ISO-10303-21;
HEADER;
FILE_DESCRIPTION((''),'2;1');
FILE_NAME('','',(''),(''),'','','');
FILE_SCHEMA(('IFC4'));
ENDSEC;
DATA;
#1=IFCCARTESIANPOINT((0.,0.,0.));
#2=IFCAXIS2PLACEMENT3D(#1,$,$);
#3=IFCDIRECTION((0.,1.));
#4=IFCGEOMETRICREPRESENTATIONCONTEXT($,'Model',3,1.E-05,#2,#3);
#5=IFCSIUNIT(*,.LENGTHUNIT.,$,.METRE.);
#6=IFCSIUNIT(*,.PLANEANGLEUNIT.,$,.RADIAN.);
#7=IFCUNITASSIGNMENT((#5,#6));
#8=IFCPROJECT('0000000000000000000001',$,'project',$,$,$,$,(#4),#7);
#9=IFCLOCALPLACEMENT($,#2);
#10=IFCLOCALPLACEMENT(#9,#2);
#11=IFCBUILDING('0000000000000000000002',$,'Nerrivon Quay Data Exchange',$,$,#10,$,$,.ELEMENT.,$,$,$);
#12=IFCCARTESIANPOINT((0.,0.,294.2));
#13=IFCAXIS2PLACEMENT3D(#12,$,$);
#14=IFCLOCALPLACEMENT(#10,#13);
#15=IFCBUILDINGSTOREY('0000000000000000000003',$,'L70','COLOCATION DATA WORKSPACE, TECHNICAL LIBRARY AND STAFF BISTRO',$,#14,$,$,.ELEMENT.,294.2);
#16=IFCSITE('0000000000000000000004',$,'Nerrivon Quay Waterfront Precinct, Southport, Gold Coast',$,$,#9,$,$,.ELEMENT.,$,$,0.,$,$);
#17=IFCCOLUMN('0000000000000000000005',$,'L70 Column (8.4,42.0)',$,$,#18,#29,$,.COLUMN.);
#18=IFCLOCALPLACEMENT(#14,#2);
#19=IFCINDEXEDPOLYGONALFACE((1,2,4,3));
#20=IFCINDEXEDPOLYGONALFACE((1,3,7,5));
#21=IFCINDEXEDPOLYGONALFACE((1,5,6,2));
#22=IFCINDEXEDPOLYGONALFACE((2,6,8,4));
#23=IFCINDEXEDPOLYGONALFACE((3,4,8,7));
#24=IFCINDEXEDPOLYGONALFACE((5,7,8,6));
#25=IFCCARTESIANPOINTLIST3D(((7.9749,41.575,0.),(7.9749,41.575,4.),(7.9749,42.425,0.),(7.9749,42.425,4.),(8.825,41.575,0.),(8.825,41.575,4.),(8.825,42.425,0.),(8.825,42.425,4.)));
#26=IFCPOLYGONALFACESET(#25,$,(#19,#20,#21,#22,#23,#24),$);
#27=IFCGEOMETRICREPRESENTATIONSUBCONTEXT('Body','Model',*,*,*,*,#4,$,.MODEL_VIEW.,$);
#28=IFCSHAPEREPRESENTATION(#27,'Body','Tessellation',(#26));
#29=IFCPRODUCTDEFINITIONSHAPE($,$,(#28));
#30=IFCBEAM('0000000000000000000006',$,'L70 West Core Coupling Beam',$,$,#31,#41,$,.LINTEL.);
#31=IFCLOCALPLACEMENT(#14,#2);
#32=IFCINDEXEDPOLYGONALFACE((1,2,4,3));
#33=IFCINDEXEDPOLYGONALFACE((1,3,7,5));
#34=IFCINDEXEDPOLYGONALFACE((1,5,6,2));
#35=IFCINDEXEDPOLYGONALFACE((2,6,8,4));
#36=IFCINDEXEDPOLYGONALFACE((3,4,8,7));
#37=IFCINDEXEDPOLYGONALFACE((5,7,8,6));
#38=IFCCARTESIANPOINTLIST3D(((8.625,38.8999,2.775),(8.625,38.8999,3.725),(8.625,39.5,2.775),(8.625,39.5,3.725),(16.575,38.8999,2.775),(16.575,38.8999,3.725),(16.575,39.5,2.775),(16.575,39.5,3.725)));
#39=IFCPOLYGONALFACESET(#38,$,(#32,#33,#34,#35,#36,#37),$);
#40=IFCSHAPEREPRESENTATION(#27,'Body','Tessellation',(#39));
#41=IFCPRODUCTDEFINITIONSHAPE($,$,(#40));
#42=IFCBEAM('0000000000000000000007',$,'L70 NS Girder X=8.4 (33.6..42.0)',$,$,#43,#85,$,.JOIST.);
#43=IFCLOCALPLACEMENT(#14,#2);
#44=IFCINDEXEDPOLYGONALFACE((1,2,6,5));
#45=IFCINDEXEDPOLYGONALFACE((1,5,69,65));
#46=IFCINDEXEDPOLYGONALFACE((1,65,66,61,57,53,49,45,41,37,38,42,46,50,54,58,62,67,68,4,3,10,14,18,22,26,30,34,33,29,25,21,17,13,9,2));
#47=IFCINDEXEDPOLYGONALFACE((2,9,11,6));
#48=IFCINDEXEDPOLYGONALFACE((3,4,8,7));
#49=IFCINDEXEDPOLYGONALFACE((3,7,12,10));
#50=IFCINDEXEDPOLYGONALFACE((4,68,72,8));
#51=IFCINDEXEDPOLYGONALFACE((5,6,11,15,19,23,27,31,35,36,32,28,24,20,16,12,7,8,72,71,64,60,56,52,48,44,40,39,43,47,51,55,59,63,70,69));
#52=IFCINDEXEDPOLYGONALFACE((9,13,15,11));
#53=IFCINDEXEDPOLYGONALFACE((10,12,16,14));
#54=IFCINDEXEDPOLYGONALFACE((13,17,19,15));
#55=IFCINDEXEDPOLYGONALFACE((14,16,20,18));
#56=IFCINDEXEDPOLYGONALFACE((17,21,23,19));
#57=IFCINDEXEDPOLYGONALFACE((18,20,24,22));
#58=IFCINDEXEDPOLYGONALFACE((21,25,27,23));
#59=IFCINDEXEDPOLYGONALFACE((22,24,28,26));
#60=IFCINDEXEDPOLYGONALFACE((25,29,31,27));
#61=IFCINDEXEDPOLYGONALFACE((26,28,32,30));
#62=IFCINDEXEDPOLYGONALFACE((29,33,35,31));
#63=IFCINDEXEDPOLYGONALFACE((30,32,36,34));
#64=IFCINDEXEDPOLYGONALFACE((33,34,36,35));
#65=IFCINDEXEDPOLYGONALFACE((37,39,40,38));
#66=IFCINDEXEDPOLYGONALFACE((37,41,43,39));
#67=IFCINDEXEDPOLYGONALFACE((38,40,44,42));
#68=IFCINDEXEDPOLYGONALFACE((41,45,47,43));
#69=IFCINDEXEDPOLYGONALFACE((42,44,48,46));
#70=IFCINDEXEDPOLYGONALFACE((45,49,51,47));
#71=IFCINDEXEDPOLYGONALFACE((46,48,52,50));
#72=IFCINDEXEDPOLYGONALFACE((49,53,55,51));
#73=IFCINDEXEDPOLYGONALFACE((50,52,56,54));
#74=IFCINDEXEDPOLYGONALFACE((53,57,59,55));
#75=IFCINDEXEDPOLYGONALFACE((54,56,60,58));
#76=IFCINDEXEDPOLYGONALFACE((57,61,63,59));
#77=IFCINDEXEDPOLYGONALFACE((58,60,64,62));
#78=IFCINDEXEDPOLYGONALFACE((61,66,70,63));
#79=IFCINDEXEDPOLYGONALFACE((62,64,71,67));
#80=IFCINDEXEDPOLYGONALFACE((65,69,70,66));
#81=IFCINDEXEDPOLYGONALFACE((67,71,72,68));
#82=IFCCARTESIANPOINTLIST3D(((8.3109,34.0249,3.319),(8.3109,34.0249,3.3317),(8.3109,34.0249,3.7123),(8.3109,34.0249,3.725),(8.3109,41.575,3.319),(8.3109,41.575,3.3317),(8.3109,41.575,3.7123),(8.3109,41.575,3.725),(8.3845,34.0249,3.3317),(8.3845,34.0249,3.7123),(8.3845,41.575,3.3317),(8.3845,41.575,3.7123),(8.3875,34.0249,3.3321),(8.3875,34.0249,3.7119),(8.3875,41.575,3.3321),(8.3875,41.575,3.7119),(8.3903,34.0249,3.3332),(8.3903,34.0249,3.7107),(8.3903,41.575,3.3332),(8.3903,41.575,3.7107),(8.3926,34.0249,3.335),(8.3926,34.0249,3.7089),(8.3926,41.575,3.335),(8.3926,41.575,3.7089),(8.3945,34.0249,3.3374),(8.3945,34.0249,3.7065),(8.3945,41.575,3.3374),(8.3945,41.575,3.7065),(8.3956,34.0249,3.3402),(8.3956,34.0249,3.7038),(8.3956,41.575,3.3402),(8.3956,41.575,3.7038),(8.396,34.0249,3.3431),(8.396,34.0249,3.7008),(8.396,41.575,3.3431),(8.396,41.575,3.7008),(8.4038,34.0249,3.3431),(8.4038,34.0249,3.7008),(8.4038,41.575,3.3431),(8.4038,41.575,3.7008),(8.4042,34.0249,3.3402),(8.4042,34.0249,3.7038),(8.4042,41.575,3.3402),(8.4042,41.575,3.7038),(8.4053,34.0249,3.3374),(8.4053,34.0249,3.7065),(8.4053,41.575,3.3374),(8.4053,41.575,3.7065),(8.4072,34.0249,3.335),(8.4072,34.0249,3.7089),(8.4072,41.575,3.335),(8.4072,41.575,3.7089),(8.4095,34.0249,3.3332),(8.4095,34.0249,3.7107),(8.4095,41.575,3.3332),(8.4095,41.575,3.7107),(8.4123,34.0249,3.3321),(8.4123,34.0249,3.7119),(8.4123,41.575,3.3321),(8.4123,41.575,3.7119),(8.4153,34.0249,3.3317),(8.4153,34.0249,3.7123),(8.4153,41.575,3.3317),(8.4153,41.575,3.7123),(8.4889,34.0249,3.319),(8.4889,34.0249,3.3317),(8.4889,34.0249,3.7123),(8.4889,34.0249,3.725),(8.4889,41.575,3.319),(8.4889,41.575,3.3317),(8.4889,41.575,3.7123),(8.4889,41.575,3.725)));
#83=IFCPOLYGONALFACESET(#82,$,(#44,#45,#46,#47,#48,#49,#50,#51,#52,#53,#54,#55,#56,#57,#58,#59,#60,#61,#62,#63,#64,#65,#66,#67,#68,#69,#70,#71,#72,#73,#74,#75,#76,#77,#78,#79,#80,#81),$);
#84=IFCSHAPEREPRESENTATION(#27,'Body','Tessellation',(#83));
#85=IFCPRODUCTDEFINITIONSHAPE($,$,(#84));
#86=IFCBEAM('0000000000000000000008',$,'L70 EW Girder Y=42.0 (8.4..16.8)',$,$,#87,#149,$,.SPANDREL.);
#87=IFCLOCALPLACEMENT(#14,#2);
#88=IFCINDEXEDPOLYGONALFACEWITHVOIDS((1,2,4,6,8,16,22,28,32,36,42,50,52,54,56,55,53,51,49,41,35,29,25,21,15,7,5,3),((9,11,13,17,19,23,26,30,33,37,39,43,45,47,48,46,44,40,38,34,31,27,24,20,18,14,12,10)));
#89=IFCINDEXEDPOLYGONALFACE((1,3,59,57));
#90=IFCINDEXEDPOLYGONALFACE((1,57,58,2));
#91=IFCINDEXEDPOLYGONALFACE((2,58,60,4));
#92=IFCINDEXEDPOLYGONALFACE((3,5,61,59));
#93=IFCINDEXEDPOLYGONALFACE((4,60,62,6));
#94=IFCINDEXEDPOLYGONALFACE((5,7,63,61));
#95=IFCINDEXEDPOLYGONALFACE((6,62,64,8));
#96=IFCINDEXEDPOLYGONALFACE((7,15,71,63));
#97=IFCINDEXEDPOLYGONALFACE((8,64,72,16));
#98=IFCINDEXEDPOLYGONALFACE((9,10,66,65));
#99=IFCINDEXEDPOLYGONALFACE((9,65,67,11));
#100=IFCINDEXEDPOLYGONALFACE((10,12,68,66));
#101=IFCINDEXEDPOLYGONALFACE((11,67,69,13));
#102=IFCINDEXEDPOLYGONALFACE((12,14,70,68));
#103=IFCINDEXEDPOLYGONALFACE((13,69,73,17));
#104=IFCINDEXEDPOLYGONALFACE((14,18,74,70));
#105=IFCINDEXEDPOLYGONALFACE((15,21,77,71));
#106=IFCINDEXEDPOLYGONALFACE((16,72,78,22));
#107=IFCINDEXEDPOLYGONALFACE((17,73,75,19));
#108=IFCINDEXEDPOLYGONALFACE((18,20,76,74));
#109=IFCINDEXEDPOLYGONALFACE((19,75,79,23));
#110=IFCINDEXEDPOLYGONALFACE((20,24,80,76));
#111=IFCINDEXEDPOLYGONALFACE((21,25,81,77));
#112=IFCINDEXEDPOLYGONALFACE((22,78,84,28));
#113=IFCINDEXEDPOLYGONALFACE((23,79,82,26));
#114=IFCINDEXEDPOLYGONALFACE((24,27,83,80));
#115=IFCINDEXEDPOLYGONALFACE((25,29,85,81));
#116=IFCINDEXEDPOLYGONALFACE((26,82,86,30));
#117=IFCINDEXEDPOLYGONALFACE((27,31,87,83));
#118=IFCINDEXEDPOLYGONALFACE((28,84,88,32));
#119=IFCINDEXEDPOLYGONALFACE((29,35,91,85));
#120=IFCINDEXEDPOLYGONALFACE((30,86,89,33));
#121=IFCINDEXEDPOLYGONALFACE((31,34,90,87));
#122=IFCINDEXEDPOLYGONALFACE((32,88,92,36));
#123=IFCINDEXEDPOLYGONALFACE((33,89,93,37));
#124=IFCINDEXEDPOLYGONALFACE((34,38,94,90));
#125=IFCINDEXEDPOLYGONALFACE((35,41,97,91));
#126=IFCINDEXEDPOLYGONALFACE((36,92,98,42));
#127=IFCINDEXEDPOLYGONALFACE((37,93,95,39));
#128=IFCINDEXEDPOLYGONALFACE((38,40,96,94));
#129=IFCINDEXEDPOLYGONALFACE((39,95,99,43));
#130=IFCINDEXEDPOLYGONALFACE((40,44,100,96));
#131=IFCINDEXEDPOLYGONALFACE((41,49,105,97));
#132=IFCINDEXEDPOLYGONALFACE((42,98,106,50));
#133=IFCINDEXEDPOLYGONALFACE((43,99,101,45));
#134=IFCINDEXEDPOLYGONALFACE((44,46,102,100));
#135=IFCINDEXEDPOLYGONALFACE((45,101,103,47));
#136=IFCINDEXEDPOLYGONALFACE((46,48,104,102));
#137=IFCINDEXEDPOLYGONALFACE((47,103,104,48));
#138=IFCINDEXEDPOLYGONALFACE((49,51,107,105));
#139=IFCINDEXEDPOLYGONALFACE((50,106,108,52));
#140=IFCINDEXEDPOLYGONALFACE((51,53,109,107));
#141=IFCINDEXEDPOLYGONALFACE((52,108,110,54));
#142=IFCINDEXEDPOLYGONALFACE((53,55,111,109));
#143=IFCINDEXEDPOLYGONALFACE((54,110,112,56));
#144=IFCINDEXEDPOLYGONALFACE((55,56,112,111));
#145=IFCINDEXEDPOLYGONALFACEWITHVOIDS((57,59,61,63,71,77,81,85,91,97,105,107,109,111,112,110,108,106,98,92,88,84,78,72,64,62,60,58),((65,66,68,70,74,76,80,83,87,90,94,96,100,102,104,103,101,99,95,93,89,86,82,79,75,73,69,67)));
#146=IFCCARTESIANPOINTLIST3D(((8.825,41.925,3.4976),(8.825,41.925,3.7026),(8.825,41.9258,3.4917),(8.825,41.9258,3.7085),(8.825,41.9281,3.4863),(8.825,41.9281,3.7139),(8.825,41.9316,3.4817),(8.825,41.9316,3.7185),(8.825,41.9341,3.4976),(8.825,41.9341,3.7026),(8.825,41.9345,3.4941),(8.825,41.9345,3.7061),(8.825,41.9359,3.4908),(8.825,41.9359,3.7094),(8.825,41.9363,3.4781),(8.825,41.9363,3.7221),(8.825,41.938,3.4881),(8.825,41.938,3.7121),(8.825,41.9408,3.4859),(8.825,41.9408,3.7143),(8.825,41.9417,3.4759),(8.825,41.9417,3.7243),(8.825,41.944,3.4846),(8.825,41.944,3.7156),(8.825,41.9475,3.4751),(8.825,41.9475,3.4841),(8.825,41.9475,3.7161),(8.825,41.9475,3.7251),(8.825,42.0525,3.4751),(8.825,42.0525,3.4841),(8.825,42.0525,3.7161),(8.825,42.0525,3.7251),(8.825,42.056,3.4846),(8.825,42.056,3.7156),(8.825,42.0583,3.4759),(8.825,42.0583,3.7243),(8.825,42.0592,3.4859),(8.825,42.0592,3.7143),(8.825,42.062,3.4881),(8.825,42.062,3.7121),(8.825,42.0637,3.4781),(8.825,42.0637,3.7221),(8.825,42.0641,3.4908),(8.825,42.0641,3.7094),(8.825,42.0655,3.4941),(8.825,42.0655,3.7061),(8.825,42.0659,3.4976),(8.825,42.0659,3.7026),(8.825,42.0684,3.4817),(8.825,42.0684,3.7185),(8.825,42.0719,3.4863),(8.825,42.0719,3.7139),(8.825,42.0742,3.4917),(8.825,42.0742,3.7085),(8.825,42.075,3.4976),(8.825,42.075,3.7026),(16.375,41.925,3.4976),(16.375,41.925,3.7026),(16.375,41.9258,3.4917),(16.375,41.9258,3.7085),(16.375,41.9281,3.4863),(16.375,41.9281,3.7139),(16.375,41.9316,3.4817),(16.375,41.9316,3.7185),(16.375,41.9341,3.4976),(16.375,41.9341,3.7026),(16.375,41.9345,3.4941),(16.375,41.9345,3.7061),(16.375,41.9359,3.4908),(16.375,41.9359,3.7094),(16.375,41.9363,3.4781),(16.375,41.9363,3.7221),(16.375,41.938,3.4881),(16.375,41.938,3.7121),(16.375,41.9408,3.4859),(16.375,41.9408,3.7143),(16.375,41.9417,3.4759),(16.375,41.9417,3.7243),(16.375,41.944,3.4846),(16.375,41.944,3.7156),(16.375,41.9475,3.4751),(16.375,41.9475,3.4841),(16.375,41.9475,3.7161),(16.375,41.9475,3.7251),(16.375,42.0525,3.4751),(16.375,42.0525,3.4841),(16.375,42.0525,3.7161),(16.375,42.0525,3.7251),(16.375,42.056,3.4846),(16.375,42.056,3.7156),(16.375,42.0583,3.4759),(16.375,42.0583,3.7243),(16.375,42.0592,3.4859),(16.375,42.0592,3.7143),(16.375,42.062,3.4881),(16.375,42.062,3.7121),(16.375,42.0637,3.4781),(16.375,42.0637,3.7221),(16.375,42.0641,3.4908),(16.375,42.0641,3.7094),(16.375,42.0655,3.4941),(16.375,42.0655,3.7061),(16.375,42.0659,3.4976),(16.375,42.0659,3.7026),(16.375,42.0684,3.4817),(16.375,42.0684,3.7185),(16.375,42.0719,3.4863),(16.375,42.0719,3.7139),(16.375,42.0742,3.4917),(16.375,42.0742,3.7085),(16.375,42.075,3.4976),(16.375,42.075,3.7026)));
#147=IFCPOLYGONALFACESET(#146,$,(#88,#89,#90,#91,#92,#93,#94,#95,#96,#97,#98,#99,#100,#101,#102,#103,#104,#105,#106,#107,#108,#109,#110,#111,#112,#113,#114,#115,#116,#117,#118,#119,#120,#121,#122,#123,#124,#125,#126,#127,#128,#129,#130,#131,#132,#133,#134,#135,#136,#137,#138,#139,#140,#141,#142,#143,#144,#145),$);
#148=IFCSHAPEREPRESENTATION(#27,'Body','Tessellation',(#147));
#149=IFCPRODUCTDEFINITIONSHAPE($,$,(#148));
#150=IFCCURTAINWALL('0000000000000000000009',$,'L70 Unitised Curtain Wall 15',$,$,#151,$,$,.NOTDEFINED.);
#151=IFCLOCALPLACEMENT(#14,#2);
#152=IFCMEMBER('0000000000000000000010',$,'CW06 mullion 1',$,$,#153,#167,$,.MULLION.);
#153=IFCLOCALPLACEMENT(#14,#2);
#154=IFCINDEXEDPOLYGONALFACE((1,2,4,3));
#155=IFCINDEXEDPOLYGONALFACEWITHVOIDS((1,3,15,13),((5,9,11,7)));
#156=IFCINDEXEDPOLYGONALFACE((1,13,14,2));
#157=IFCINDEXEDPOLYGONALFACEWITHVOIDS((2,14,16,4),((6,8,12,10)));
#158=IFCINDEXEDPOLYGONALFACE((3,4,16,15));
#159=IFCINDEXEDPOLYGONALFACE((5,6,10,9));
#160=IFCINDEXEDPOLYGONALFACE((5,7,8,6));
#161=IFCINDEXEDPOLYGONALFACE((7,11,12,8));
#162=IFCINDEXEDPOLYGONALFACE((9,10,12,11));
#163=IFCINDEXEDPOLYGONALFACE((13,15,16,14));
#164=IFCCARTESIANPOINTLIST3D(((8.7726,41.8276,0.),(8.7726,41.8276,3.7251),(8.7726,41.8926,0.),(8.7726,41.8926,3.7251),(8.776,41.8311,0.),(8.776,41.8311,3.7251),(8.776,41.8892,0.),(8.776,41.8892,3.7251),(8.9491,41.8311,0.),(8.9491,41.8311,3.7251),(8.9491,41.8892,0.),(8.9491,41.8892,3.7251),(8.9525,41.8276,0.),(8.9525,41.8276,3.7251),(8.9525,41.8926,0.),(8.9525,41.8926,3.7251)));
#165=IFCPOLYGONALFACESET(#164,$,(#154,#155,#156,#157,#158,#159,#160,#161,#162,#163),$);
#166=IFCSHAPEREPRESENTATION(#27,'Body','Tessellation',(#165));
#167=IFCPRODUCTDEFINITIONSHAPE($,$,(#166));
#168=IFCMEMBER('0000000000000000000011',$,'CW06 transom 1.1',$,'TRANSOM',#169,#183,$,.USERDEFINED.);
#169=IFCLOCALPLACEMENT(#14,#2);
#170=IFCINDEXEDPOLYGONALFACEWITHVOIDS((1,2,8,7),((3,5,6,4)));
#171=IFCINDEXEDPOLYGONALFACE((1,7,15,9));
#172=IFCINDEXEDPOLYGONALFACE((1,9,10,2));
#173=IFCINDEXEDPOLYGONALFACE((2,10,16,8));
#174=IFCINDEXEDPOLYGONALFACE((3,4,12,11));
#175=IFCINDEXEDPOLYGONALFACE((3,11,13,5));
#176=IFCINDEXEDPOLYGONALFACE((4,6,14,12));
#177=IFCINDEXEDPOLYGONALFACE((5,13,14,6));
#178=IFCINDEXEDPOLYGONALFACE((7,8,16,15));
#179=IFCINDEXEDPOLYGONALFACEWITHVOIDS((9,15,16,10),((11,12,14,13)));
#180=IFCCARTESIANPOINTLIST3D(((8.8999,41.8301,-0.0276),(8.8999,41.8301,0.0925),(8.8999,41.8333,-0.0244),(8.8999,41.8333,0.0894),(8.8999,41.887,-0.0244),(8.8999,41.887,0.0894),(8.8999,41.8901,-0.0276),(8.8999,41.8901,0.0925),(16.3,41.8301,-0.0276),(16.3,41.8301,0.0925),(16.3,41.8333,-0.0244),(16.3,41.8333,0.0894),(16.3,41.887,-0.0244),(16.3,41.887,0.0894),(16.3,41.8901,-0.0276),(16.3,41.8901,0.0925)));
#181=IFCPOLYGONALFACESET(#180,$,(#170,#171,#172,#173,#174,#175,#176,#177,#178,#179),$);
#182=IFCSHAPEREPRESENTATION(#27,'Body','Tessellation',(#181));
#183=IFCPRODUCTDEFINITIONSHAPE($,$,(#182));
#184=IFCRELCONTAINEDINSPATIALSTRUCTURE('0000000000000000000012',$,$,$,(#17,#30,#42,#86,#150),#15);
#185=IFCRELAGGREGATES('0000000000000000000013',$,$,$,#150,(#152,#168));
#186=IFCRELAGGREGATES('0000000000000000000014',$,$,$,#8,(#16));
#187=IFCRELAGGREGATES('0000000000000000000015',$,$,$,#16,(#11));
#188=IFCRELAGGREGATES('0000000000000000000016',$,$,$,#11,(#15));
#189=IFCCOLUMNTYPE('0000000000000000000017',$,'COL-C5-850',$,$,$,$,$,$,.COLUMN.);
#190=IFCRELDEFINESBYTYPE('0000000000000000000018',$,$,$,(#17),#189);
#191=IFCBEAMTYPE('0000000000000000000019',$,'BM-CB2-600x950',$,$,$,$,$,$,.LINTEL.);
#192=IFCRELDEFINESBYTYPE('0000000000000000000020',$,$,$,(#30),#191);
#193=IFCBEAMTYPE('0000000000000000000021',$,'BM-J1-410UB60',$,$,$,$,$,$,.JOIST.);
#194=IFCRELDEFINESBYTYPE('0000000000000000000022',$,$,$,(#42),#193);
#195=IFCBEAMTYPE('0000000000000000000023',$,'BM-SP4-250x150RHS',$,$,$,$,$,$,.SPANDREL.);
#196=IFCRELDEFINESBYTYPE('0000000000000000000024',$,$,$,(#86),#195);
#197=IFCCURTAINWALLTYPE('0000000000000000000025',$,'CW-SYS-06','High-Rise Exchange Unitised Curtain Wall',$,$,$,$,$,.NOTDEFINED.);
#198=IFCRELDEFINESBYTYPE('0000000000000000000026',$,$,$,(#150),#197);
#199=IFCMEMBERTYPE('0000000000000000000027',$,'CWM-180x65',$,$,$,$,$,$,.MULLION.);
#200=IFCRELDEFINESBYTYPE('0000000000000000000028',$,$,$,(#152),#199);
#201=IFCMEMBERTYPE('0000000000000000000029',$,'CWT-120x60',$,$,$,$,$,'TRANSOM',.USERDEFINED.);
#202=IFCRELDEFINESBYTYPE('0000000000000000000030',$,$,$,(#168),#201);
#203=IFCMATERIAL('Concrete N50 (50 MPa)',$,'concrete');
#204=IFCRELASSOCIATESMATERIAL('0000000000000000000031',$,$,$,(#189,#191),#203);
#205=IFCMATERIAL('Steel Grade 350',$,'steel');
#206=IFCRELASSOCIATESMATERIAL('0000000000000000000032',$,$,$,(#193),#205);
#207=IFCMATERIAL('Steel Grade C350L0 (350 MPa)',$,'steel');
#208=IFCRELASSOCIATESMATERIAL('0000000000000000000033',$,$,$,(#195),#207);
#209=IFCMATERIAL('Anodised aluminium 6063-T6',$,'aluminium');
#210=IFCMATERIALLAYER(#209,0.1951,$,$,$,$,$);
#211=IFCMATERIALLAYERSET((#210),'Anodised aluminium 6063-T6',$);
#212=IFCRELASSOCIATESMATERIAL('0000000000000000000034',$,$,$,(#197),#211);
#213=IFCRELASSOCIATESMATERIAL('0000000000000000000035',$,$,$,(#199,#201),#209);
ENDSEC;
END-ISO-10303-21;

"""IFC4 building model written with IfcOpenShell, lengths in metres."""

from ifc_helpers import new_model, si_unit, direction, frame, origin, origin_2d, place, context, subcontext, project, spatial, rectangle, hollow_rectangle, i_section, extrude, material, layer, layer_set, material_profile, profile_set, type_object, element, aggregate, save


model = new_model("IFC4")

# Units and contexts
model_context = context("Model", 3, precision=1e-05, world=origin(), true_north=direction((0.0, 1.0)))
body_context = subcontext(model_context, "Body", "Model", "MODEL_VIEW")
ifc_project = project(units=[si_unit("LENGTHUNIT", "METRE"), si_unit("PLANEANGLEUNIT", "RADIAN")], contexts=[model_context])

# Site, building, storey
site_placement = place(None, origin())
site = spatial("IfcSite", under=ifc_project, at=site_placement, Name="Nerrivon Quay Waterfront Precinct, Southport, Gold Coast", CompositionType="ELEMENT", RefElevation=0.0)
building_placement = place(site_placement, origin())
building = spatial("IfcBuilding", under=site, at=building_placement, Name="Nerrivon Quay Data Exchange", CompositionType="ELEMENT")
storey_placement = place(building_placement, frame((0.0, 0.0, 294.2)))
storey = spatial("IfcBuildingStorey", under=building, at=storey_placement, Name="L70", Description="COLOCATION DATA WORKSPACE, TECHNICAL LIBRARY AND STAFF BISTRO", CompositionType="ELEMENT", Elevation=294.2)

# Column
ifc_material_1 = material(Name="Concrete N50 (50 MPa)", Category="concrete")
ifc_material_profile_1 = material_profile(ifc_material_1, rectangle(XDim=0.8501, YDim=0.8501, at=origin_2d()), Name="RC-COL-850x850")
ifc_profile_set_1 = profile_set([ifc_material_profile_1], Name="Concrete N50 (50 MPa)")
column_type = type_object("IfcColumnType", Name="COL-C5-850", PredefinedType="COLUMN", material=ifc_profile_set_1)
column_placement = place(storey_placement, frame((8.3999, 42.0, 0.0), z_axis=(0.0, 0.0, 1.0), x_axis=(1.0, 0.0, 0.0)))
element("IfcColumn", 1, at=column_placement, inside=storey, type_object=column_type, Name="L70 Column (8.4,42.0)", PredefinedType="COLUMN", context=body_context, shape_type="SweptSolid", body=[
    extrude(rectangle(XDim=0.8501, YDim=0.8501, at=origin_2d()), origin(), (0.0, 0.0, 1.0), 4.0),
])

# Beams
ifc_material_profile_2 = material_profile(ifc_material_1, rectangle(XDim=0.6001, YDim=0.95, at=origin_2d()), Name="RC-CB-600x950")
ifc_profile_set_2 = profile_set([ifc_material_profile_2], Name="Concrete N50 (50 MPa)")
beam_type_1 = type_object("IfcBeamType", Name="BM-CB2-600x950", PredefinedType="LINTEL", material=ifc_profile_set_2)
beam_1_placement = place(storey_placement, frame((8.625, 39.2, 3.25), z_axis=(1.0, 0.0, 0.0), x_axis=(0.0, 1.0, 0.0)))
element("IfcBeam", 2, at=beam_1_placement, inside=storey, type_object=beam_type_1, Name="L70 West Core Coupling Beam", PredefinedType="LINTEL", context=body_context, shape_type="SweptSolid", body=[
    extrude(rectangle(XDim=0.6001, YDim=0.95, at=origin_2d()), origin(), (0.0, 0.0, 1.0), 7.95),
])
ifc_material_2 = material(Name="Steel Grade 350", Category="steel")
ifc_material_profile_3 = material_profile(ifc_material_2, i_section(OverallWidth=0.178, OverallDepth=0.406, WebThickness=0.0078, FlangeThickness=0.0127, FilletRadius=0.0115, at=origin_2d()), Name="410UB59.7")
ifc_profile_set_3 = profile_set([ifc_material_profile_3], Name="Steel Grade 350")
beam_type_2 = type_object("IfcBeamType", Name="BM-J1-410UB60", PredefinedType="JOIST", material=ifc_profile_set_3)
beam_2_placement = place(storey_placement, frame((8.3999, 34.0249, 3.522), z_axis=(0.0, 1.0, 0.0), x_axis=(-1.0, 0.0, 0.0)))
element("IfcBeam", 3, at=beam_2_placement, inside=storey, type_object=beam_type_2, Name="L70 NS Girder X=8.4 (33.6..42.0)", PredefinedType="JOIST", context=body_context, shape_type="SweptSolid", body=[
    extrude(i_section(OverallWidth=0.178, OverallDepth=0.406, WebThickness=0.0078, FlangeThickness=0.0127, FilletRadius=0.0115, at=origin_2d()), origin(), (0.0, 0.0, 1.0), 7.55),
])
ifc_material_3 = material(Name="Steel Grade C350L0 (350 MPa)", Category="steel")
ifc_material_profile_4 = material_profile(ifc_material_3, hollow_rectangle(XDim=0.1499, YDim=0.25, WallThickness=0.009, InnerFilletRadius=0.0134, OuterFilletRadius=0.0225, at=origin_2d()), Name="250x150x9.0RHS")
ifc_profile_set_4 = profile_set([ifc_material_profile_4], Name="Steel Grade C350L0 (350 MPa)")
beam_type_3 = type_object("IfcBeamType", Name="BM-SP4-250x150RHS", PredefinedType="SPANDREL", material=ifc_profile_set_4)
beam_3_placement = place(storey_placement, frame((8.825, 42.0, 3.6001), z_axis=(1.0, 0.0, 0.0), x_axis=(0.0, 1.0, 0.0)))
element("IfcBeam", 4, at=beam_3_placement, inside=storey, type_object=beam_type_3, Name="L70 EW Girder Y=42.0 (8.4..16.8)", PredefinedType="SPANDREL", context=body_context, shape_type="SweptSolid", body=[
    extrude(hollow_rectangle(XDim=0.1499, YDim=0.25, WallThickness=0.009, InnerFilletRadius=0.0134, OuterFilletRadius=0.0225, at=origin_2d()), origin(), (0.0, 0.0, 1.0), 7.55),
])

# Curtain wall, members
ifc_material_4 = material(Name="Anodised aluminium 6063-T6", Category="aluminium")
ifc_layer_1 = layer(ifc_material_4, 0.1951)
ifc_layer_set_1 = layer_set([ifc_layer_1], Name="Anodised aluminium 6063-T6")
curtain_wall_type = type_object("IfcCurtainWallType", Name="CW-SYS-06", Description="High-Rise Exchange Unitised Curtain Wall", PredefinedType="NOTDEFINED", material=ifc_layer_set_1)
curtain_wall_placement = place(storey_placement, origin())
curtain_wall = element("IfcCurtainWall", 5, at=curtain_wall_placement, inside=storey, type_object=curtain_wall_type, Name="L70 Unitised Curtain Wall 15", PredefinedType="NOTDEFINED")
ifc_material_profile_5 = material_profile(ifc_material_4, hollow_rectangle(XDim=0.0649, YDim=0.1799, WallThickness=0.0034, at=origin_2d()), Name="ALU-MULL-180x65")
ifc_profile_set_5 = profile_set([ifc_material_profile_5], Name="Anodised aluminium 6063-T6")
member_type_1 = type_object("IfcMemberType", Name="CWM-180x65", PredefinedType="MULLION", material=ifc_profile_set_5)
member_1_placement = place(storey_placement, frame((8.8625, 41.8601, 0.0), z_axis=(0.0, 0.0, 1.0), x_axis=(0.0, 1.0, 0.0)))
member_1 = element("IfcMember", 6, at=member_1_placement, type_object=member_type_1, Name="CW06 mullion 1", PredefinedType="MULLION", context=body_context, shape_type="SweptSolid", body=[
    extrude(hollow_rectangle(XDim=0.0649, YDim=0.1799, WallThickness=0.0034, at=origin_2d()), origin(), (0.0, 0.0, 1.0), 3.7251),
])
ifc_material_profile_6 = material_profile(ifc_material_4, hollow_rectangle(XDim=0.0601, YDim=0.1201, WallThickness=0.0032, at=origin_2d()), Name="ALU-TRAN-120x60")
ifc_profile_set_6 = profile_set([ifc_material_profile_6], Name="Anodised aluminium 6063-T6")
member_type_2 = type_object("IfcMemberType", Name="CWT-120x60", ElementType="TRANSOM", PredefinedType="USERDEFINED", material=ifc_profile_set_6)
member_2_placement = place(storey_placement, frame((8.8999, 41.8601, 0.0325), z_axis=(1.0, 0.0, 0.0), x_axis=(0.0, 1.0, 0.0)))
member_2 = element("IfcMember", 7, at=member_2_placement, type_object=member_type_2, Name="CW06 transom 1.1", ObjectType="TRANSOM", PredefinedType="USERDEFINED", context=body_context, shape_type="SweptSolid", body=[
    extrude(hollow_rectangle(XDim=0.0601, YDim=0.1201, WallThickness=0.0032, at=origin_2d()), origin(), (0.0, 0.0, 1.0), 7.4001),
])
aggregate(curtain_wall, [member_1, member_2])

save(model, "model.ifc")
